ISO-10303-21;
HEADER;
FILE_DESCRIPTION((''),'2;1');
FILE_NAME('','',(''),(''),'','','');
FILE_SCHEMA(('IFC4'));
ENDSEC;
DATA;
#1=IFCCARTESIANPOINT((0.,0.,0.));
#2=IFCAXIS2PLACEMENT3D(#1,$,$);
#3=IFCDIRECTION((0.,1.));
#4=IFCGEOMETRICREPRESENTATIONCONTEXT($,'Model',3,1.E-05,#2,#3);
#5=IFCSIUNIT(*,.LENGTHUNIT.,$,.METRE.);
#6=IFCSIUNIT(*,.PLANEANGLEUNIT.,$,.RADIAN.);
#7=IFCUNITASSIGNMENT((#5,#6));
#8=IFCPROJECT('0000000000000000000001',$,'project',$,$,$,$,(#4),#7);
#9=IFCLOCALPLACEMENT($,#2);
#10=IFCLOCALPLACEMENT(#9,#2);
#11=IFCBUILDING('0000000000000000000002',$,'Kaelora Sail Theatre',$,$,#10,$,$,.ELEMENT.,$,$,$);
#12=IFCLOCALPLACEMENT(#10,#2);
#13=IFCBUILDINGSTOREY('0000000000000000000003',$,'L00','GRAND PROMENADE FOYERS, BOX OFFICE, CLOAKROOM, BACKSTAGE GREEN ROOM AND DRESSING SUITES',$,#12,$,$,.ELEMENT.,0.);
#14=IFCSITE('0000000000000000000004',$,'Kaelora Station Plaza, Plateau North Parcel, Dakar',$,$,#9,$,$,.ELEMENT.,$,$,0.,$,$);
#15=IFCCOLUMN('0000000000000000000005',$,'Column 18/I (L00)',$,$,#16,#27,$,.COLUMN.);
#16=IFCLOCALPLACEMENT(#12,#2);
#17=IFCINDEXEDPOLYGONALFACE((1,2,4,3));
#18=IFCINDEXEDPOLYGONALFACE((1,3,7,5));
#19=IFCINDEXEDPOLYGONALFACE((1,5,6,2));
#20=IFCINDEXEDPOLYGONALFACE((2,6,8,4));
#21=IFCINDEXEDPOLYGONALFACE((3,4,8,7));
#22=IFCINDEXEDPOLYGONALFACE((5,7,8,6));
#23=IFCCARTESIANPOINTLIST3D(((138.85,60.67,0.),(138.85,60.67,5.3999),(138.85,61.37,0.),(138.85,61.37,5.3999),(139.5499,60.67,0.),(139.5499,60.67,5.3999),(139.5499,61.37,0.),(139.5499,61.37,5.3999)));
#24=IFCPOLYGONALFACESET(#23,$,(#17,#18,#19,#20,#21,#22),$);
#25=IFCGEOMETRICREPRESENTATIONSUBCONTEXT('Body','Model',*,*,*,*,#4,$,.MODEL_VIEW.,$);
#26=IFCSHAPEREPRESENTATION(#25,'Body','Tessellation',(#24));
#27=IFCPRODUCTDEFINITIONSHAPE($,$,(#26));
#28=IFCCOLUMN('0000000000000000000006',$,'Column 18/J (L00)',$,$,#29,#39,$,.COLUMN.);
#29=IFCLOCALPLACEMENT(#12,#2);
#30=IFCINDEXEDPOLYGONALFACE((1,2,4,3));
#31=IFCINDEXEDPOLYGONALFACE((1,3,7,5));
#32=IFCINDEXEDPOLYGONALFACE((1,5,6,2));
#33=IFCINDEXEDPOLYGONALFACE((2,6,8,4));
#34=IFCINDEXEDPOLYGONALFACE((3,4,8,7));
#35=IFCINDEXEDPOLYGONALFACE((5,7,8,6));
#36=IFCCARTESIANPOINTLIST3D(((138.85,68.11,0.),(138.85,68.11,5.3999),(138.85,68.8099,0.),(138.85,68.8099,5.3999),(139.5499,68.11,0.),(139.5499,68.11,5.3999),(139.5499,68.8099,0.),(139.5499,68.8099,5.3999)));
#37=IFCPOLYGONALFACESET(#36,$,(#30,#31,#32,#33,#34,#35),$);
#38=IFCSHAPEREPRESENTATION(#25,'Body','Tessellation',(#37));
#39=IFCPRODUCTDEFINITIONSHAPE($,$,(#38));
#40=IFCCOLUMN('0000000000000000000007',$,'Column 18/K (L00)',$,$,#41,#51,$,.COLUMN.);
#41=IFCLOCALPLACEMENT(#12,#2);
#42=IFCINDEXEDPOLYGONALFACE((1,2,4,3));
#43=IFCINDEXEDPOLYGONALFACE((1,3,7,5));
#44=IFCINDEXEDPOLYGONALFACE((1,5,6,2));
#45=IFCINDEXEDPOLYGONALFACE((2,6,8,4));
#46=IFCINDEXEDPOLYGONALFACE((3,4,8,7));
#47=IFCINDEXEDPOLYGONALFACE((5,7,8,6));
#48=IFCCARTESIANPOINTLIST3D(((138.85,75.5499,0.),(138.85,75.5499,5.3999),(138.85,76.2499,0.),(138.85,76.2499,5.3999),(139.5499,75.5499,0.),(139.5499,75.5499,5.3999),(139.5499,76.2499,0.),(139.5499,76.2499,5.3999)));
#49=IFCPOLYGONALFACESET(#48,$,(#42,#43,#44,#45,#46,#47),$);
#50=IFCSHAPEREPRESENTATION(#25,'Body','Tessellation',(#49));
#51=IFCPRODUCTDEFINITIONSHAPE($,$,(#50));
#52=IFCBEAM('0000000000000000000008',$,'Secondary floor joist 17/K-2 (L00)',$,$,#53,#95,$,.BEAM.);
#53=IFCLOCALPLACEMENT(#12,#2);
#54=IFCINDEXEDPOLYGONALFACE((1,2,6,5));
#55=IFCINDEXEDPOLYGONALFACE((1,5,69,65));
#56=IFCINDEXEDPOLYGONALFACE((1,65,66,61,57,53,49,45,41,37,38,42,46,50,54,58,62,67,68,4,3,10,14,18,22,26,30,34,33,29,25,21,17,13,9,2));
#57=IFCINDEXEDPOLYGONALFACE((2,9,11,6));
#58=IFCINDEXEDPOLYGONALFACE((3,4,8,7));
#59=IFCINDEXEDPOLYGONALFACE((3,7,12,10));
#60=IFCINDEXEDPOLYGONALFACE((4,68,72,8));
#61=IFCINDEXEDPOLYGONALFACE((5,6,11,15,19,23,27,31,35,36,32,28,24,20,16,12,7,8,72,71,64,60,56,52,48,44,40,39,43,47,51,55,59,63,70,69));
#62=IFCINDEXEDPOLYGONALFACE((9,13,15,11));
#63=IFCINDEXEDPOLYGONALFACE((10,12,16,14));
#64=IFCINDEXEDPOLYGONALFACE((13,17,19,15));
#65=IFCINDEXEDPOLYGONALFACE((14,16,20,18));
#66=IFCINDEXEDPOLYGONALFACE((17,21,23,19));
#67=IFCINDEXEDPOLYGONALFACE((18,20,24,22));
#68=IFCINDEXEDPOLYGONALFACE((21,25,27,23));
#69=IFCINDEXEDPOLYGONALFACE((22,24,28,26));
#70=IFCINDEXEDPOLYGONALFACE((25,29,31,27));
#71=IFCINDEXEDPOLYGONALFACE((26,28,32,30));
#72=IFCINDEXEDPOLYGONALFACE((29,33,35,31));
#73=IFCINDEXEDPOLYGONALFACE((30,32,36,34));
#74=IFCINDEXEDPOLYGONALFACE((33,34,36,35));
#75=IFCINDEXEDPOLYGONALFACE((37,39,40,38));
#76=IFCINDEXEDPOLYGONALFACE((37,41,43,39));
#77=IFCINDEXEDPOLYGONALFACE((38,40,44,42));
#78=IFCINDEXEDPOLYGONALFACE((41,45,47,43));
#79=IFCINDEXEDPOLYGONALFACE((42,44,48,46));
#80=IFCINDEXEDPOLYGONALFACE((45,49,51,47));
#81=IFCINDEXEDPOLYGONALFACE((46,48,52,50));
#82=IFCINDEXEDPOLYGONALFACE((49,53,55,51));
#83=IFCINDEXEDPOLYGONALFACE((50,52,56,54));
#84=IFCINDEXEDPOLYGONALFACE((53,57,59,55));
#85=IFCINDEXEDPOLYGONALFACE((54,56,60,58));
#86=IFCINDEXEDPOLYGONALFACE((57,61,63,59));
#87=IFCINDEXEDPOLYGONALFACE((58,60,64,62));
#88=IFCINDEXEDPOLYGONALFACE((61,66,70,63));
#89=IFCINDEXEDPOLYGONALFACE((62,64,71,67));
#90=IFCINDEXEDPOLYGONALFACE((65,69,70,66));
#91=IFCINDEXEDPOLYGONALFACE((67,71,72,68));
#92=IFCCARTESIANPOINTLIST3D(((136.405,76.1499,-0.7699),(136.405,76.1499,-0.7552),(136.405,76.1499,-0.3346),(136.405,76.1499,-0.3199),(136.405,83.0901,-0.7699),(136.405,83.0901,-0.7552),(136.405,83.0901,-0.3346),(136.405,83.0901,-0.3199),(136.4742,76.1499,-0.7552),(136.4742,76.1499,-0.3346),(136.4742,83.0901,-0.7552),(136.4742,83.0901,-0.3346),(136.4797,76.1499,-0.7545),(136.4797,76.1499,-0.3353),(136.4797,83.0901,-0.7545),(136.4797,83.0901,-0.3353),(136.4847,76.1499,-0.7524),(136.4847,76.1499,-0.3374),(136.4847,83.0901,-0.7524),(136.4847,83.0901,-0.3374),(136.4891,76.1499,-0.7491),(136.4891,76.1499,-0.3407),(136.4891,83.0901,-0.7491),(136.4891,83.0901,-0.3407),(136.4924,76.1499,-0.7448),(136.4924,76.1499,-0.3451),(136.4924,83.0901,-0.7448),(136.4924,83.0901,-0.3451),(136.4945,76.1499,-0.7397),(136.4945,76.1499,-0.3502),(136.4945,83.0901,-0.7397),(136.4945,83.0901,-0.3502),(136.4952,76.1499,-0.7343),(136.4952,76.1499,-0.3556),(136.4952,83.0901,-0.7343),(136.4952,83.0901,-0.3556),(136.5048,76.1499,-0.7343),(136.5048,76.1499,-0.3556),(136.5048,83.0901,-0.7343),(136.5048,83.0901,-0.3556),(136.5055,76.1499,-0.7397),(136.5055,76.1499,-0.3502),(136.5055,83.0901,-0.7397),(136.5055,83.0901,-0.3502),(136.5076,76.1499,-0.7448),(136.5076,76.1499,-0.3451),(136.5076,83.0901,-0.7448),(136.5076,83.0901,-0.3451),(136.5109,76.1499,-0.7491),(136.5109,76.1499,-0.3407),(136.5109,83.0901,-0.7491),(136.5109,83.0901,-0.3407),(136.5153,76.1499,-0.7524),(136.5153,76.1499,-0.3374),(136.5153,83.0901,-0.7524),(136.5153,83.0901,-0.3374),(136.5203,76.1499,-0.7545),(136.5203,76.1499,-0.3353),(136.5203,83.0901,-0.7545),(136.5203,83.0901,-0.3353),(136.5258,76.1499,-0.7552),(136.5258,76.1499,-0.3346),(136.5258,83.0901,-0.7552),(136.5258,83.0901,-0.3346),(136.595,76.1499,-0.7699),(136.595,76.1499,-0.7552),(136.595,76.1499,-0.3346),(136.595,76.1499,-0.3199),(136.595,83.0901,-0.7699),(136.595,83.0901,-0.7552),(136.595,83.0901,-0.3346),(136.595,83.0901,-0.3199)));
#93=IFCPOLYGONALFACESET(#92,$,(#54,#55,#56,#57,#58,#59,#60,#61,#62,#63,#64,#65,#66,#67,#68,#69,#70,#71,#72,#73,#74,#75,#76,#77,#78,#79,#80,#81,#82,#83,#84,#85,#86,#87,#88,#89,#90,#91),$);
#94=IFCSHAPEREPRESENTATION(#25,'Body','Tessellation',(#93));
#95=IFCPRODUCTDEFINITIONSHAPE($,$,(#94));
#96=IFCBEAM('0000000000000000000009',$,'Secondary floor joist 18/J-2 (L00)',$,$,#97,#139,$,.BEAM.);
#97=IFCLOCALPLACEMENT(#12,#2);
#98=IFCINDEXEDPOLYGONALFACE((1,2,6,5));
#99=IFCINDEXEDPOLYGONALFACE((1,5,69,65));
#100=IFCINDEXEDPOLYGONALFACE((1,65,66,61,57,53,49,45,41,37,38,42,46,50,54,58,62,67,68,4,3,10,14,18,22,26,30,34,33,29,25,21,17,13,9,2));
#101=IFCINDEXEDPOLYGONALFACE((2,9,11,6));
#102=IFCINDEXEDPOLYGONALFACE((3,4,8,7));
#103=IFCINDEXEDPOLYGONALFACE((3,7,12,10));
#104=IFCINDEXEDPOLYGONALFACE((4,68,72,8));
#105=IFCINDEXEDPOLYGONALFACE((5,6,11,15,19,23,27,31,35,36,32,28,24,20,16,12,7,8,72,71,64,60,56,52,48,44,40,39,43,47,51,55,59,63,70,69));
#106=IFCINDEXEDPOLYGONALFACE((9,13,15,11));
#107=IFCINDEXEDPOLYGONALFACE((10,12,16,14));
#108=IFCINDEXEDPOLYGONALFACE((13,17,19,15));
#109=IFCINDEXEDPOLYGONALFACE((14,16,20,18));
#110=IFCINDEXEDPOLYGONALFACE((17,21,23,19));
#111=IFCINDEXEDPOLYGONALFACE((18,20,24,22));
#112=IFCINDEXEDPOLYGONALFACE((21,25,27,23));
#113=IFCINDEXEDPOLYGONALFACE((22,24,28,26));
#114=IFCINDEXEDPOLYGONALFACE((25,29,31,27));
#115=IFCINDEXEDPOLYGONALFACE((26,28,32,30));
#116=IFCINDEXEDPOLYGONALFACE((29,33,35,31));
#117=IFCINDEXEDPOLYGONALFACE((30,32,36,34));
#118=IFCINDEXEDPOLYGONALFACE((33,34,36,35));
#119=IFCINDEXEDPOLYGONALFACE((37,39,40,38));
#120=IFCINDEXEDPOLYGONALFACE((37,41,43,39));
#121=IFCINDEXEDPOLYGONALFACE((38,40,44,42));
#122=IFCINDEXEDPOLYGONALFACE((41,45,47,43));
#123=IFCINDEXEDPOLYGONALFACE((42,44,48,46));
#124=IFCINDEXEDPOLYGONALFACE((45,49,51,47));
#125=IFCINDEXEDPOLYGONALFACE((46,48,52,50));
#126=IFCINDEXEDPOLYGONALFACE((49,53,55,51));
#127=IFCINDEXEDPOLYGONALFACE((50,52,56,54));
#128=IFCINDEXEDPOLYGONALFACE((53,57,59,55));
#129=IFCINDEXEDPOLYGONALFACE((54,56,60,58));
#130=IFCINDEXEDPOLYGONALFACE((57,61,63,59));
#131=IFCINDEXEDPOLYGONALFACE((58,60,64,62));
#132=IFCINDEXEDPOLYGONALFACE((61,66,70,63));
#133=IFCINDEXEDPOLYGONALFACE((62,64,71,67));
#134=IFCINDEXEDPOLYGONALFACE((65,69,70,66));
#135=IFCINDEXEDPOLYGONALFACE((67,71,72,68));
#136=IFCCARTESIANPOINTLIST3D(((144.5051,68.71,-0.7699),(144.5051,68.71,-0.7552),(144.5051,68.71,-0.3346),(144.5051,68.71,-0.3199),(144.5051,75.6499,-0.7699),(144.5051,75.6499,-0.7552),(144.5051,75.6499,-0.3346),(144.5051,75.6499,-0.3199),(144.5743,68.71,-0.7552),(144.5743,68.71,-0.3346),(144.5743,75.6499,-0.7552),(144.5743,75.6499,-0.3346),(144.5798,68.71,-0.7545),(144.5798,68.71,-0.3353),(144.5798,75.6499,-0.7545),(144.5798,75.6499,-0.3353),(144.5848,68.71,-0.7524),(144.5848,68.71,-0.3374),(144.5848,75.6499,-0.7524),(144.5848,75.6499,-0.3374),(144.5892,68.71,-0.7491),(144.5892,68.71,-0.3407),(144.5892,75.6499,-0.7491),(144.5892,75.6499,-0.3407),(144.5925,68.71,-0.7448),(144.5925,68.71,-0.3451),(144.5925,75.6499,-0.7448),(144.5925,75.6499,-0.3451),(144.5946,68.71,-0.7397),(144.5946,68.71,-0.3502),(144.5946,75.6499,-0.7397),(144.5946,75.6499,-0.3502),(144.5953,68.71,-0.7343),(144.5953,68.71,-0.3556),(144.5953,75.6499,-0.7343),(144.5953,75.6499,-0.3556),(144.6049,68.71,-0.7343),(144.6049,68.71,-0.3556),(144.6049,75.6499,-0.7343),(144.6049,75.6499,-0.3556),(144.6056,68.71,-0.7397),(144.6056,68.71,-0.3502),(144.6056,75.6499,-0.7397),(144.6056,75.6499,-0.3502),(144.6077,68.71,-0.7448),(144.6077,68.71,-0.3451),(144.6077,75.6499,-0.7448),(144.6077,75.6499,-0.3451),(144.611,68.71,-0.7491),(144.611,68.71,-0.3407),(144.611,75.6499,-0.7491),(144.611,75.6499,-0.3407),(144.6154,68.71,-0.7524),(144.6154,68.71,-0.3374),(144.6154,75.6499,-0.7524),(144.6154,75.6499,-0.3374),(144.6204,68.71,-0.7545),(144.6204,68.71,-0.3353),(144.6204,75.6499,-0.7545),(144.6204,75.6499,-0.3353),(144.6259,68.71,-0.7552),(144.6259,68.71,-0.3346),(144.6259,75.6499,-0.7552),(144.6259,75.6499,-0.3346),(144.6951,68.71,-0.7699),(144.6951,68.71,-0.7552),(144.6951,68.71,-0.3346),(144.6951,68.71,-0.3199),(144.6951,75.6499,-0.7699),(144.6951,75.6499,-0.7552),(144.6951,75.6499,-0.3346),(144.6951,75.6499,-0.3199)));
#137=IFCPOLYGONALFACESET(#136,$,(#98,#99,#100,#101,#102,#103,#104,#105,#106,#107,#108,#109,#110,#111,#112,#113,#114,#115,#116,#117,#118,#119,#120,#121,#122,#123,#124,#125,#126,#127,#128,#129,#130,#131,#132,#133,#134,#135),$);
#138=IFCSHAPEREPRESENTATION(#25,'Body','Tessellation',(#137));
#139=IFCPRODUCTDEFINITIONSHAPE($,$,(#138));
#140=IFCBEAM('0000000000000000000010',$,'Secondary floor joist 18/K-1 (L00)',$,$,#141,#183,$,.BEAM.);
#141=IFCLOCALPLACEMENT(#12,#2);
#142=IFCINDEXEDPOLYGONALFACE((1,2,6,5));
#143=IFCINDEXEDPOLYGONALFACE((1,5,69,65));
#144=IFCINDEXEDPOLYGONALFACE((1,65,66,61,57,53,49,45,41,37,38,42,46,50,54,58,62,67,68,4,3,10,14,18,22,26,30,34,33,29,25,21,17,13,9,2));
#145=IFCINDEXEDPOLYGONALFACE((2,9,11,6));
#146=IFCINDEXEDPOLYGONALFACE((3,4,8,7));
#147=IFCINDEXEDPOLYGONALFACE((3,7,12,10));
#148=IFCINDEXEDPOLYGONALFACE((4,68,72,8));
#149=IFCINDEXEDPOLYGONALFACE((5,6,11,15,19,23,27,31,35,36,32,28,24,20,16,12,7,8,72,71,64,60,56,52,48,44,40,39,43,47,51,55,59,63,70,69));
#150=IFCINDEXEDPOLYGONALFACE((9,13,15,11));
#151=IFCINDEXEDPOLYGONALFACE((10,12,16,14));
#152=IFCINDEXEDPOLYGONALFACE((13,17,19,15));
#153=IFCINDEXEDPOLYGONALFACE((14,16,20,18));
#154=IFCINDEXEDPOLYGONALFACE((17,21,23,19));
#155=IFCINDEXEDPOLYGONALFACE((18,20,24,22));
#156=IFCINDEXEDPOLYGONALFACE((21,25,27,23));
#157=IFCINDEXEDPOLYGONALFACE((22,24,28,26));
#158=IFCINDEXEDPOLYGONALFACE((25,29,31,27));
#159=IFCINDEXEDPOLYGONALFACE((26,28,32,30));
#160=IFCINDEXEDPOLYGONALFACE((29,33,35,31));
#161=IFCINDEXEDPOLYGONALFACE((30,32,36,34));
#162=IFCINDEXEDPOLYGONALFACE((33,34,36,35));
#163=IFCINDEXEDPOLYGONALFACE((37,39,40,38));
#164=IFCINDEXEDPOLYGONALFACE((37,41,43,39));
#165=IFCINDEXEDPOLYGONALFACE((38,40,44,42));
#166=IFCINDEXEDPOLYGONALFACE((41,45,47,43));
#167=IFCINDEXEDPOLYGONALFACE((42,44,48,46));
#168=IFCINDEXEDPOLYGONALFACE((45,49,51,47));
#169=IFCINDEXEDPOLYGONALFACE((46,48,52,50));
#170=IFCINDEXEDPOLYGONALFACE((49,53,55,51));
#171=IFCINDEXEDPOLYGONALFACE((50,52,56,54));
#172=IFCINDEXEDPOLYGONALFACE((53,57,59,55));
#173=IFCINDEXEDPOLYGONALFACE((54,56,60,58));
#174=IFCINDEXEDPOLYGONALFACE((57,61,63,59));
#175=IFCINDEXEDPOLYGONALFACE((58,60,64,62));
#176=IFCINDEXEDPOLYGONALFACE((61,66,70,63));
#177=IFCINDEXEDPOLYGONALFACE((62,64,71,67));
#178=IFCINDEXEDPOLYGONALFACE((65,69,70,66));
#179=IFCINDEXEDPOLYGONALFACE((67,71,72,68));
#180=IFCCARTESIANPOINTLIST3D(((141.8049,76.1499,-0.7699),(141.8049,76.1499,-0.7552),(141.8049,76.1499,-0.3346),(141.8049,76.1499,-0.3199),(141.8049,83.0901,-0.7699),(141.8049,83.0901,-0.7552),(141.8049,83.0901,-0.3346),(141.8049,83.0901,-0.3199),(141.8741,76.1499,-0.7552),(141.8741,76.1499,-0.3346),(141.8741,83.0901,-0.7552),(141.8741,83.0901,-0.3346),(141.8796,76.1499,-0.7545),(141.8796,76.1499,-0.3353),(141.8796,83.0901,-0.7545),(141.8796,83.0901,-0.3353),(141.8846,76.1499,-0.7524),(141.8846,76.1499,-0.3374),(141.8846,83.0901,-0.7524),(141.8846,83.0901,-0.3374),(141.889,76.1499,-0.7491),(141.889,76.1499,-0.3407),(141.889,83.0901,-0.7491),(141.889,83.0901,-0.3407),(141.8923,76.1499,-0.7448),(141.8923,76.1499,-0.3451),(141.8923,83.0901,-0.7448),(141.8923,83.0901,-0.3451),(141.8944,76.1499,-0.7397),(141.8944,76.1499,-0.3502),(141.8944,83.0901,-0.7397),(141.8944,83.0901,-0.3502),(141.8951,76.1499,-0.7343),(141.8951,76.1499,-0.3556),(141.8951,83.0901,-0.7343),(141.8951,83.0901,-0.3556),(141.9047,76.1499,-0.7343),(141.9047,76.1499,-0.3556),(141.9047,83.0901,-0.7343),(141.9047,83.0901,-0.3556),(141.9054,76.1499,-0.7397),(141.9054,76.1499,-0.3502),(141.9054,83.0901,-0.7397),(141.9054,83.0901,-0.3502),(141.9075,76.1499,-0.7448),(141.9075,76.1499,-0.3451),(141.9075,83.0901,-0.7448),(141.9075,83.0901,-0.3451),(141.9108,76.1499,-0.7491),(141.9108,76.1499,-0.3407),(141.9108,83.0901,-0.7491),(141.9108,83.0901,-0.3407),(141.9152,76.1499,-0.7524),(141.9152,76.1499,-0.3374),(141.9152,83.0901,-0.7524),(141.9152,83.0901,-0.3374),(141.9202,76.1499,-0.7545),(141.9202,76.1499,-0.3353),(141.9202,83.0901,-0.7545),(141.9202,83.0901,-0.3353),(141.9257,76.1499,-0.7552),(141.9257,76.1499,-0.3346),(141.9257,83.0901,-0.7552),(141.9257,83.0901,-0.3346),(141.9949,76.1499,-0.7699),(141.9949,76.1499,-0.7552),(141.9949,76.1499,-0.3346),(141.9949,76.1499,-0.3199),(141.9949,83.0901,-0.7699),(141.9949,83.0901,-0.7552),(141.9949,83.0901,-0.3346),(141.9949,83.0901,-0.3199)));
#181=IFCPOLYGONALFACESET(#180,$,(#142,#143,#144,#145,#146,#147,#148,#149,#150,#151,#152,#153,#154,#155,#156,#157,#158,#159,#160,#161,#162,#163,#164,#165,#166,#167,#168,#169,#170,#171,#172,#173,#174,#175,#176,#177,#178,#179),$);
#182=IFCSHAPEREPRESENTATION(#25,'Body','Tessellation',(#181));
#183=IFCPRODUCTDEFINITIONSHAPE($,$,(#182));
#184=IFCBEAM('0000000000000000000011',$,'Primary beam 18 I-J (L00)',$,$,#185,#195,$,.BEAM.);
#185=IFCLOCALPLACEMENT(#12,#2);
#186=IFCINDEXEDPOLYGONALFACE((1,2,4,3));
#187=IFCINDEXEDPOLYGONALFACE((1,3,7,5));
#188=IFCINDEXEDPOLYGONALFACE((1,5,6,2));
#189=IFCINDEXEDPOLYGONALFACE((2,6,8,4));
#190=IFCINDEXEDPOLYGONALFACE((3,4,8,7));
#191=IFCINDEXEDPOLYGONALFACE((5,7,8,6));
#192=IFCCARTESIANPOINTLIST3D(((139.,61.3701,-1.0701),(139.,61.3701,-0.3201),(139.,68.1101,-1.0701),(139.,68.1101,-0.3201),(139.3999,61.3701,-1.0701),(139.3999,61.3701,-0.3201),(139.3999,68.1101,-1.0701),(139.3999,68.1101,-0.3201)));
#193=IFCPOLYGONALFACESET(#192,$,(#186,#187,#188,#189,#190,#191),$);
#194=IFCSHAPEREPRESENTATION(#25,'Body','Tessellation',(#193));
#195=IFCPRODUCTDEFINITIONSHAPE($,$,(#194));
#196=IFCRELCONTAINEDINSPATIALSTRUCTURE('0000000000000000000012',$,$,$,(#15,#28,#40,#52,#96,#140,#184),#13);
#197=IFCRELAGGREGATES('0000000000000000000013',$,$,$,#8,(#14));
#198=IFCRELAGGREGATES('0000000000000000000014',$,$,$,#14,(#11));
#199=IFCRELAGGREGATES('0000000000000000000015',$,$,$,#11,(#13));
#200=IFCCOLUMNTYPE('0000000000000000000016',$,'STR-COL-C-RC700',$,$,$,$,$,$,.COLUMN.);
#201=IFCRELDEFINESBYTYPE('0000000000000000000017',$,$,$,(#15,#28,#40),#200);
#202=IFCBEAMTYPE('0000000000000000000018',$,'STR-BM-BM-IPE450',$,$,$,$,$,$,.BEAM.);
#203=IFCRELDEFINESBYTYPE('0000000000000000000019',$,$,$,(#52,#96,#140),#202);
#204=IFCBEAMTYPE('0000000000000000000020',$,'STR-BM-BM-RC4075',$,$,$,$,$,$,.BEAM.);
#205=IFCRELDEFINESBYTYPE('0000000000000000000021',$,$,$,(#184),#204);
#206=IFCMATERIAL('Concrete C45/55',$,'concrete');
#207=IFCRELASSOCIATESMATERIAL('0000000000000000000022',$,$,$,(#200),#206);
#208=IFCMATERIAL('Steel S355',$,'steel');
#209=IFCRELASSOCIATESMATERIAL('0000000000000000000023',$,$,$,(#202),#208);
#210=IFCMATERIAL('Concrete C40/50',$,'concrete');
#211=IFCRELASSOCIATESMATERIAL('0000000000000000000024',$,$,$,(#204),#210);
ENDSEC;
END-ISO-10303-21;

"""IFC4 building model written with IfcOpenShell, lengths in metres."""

from ifc_helpers import new_model, si_unit, direction, frame, origin, origin_2d, place, context, subcontext, project, spatial, rectangle, i_section, extrude, material, material_profile, profile_set, type_object, element, save


model = new_model("IFC4")

# Units and contexts
model_context = context("Model", 3, precision=1e-05, world=origin(), true_north=direction((0.0, 1.0)))
body_context = subcontext(model_context, "Body", "Model", "MODEL_VIEW")
ifc_project = project(units=[si_unit("LENGTHUNIT", "METRE"), si_unit("PLANEANGLEUNIT", "RADIAN")], contexts=[model_context])

# Site, building, storey
site_placement = place(None, origin())
site = spatial("IfcSite", under=ifc_project, at=site_placement, Name="Kaelora Station Plaza, Plateau North Parcel, Dakar", CompositionType="ELEMENT", RefElevation=0.0)
building_placement = place(site_placement, origin())
building = spatial("IfcBuilding", under=site, at=building_placement, Name="Kaelora Sail Theatre", CompositionType="ELEMENT")
storey_placement = place(building_placement, origin())
storey = spatial("IfcBuildingStorey", under=building, at=storey_placement, Name="L00", Description="GRAND PROMENADE FOYERS, BOX OFFICE, CLOAKROOM, BACKSTAGE GREEN ROOM AND DRESSING SUITES", CompositionType="ELEMENT", Elevation=0.0)

# Columns
ifc_material_1 = material(Name="Concrete C45/55", Category="concrete")
ifc_material_profile_1 = material_profile(ifc_material_1, rectangle(XDim=0.7, YDim=0.7, at=origin_2d()), Name="RC-COL 700x700")
ifc_profile_set_1 = profile_set([ifc_material_profile_1], Name="Concrete C45/55")
column_type = type_object("IfcColumnType", Name="STR-COL-C-RC700", PredefinedType="COLUMN", material=ifc_profile_set_1)
for number, where, z_axis, x_axis, name in (
    (1, (139.2, 61.02, 0.0), (0.0, 0.0, 1.0), (1.0, 0.0, 0.0), "Column 18/I (L00)"),
    (2, (139.2, 68.46, 0.0), (0.0, 0.0, 1.0), (1.0, 0.0, 0.0), "Column 18/J (L00)"),
    (3, (139.2, 75.8999, 0.0), (0.0, 0.0, 1.0), (1.0, 0.0, 0.0), "Column 18/K (L00)"),
):
    element("IfcColumn", number, at=place(storey_placement, frame(where, z_axis=z_axis, x_axis=x_axis)), inside=storey, type_object=column_type, Name=name, PredefinedType="COLUMN", context=body_context, shape_type="SweptSolid", body=[
        extrude(rectangle(XDim=0.7, YDim=0.7, at=origin_2d()), origin(), (0.0, 0.0, 1.0), 5.3999),
    ])

# Beams
ifc_material_2 = material(Name="Steel S355", Category="steel")
ifc_material_profile_2 = material_profile(ifc_material_2, i_section(OverallWidth=0.1899, OverallDepth=0.45, WebThickness=0.0095, FlangeThickness=0.0146, FilletRadius=0.021, at=origin_2d()), Name="IPE 450")
ifc_profile_set_2 = profile_set([ifc_material_profile_2], Name="Steel S355")
beam_type_1 = type_object("IfcBeamType", Name="STR-BM-BM-IPE450", PredefinedType="BEAM", material=ifc_profile_set_2)
beam_1_placement = place(storey_placement, frame((136.5, 76.1499, -0.5449), z_axis=(0.0, 1.0, 0.0), x_axis=(-1.0, 0.0, 0.0)))
element("IfcBeam", 4, at=beam_1_placement, inside=storey, type_object=beam_type_1, Name="Secondary floor joist 17/K-2 (L00)", PredefinedType="BEAM", context=body_context, shape_type="SweptSolid", body=[
    extrude(i_section(OverallWidth=0.1899, OverallDepth=0.45, WebThickness=0.0095, FlangeThickness=0.0146, FilletRadius=0.021, at=origin_2d()), origin(), (0.0, 0.0, 1.0), 6.9402),
])
beam_2_placement = place(storey_placement, frame((144.6001, 68.71, -0.5449), z_axis=(0.0, 1.0, 0.0), x_axis=(-1.0, 0.0, 0.0)))
element("IfcBeam", 5, at=beam_2_placement, inside=storey, type_object=beam_type_1, Name="Secondary floor joist 18/J-2 (L00)", PredefinedType="BEAM", context=body_context, shape_type="SweptSolid", body=[
    extrude(i_section(OverallWidth=0.1899, OverallDepth=0.45, WebThickness=0.0095, FlangeThickness=0.0146, FilletRadius=0.021, at=origin_2d()), origin(), (0.0, 0.0, 1.0), 6.9399),
])
beam_3_placement = place(storey_placement, frame((141.8999, 76.1499, -0.5449), z_axis=(0.0, 1.0, 0.0), x_axis=(-1.0, 0.0, 0.0)))
element("IfcBeam", 6, at=beam_3_placement, inside=storey, type_object=beam_type_1, Name="Secondary floor joist 18/K-1 (L00)", PredefinedType="BEAM", context=body_context, shape_type="SweptSolid", body=[
    extrude(i_section(OverallWidth=0.1899, OverallDepth=0.45, WebThickness=0.0095, FlangeThickness=0.0146, FilletRadius=0.021, at=origin_2d()), origin(), (0.0, 0.0, 1.0), 6.9402),
])
ifc_material_3 = material(Name="Concrete C40/50", Category="concrete")
ifc_material_profile_3 = material_profile(ifc_material_3, rectangle(XDim=0.3999, YDim=0.75, at=origin_2d()), Name="RC-BM 400x750")
ifc_profile_set_3 = profile_set([ifc_material_profile_3], Name="Concrete C40/50")
beam_type_2 = type_object("IfcBeamType", Name="STR-BM-BM-RC4075", PredefinedType="BEAM", material=ifc_profile_set_3)
for number, where, z_axis, x_axis, name in (
    (7, (139.2, 61.3701, -0.6951), (0.0, 1.0, 0.0), (-1.0, 0.0, 0.0), "Primary beam 18 I-J (L00)"),
):
    element("IfcBeam", number, at=place(storey_placement, frame(where, z_axis=z_axis, x_axis=x_axis)), inside=storey, type_object=beam_type_2, Name=name, PredefinedType="BEAM", context=body_context, shape_type="SweptSolid", body=[
        extrude(rectangle(XDim=0.3999, YDim=0.75, at=origin_2d()), origin(), (0.0, 0.0, 1.0), 6.74),
    ])

save(model, "model.ifc")
